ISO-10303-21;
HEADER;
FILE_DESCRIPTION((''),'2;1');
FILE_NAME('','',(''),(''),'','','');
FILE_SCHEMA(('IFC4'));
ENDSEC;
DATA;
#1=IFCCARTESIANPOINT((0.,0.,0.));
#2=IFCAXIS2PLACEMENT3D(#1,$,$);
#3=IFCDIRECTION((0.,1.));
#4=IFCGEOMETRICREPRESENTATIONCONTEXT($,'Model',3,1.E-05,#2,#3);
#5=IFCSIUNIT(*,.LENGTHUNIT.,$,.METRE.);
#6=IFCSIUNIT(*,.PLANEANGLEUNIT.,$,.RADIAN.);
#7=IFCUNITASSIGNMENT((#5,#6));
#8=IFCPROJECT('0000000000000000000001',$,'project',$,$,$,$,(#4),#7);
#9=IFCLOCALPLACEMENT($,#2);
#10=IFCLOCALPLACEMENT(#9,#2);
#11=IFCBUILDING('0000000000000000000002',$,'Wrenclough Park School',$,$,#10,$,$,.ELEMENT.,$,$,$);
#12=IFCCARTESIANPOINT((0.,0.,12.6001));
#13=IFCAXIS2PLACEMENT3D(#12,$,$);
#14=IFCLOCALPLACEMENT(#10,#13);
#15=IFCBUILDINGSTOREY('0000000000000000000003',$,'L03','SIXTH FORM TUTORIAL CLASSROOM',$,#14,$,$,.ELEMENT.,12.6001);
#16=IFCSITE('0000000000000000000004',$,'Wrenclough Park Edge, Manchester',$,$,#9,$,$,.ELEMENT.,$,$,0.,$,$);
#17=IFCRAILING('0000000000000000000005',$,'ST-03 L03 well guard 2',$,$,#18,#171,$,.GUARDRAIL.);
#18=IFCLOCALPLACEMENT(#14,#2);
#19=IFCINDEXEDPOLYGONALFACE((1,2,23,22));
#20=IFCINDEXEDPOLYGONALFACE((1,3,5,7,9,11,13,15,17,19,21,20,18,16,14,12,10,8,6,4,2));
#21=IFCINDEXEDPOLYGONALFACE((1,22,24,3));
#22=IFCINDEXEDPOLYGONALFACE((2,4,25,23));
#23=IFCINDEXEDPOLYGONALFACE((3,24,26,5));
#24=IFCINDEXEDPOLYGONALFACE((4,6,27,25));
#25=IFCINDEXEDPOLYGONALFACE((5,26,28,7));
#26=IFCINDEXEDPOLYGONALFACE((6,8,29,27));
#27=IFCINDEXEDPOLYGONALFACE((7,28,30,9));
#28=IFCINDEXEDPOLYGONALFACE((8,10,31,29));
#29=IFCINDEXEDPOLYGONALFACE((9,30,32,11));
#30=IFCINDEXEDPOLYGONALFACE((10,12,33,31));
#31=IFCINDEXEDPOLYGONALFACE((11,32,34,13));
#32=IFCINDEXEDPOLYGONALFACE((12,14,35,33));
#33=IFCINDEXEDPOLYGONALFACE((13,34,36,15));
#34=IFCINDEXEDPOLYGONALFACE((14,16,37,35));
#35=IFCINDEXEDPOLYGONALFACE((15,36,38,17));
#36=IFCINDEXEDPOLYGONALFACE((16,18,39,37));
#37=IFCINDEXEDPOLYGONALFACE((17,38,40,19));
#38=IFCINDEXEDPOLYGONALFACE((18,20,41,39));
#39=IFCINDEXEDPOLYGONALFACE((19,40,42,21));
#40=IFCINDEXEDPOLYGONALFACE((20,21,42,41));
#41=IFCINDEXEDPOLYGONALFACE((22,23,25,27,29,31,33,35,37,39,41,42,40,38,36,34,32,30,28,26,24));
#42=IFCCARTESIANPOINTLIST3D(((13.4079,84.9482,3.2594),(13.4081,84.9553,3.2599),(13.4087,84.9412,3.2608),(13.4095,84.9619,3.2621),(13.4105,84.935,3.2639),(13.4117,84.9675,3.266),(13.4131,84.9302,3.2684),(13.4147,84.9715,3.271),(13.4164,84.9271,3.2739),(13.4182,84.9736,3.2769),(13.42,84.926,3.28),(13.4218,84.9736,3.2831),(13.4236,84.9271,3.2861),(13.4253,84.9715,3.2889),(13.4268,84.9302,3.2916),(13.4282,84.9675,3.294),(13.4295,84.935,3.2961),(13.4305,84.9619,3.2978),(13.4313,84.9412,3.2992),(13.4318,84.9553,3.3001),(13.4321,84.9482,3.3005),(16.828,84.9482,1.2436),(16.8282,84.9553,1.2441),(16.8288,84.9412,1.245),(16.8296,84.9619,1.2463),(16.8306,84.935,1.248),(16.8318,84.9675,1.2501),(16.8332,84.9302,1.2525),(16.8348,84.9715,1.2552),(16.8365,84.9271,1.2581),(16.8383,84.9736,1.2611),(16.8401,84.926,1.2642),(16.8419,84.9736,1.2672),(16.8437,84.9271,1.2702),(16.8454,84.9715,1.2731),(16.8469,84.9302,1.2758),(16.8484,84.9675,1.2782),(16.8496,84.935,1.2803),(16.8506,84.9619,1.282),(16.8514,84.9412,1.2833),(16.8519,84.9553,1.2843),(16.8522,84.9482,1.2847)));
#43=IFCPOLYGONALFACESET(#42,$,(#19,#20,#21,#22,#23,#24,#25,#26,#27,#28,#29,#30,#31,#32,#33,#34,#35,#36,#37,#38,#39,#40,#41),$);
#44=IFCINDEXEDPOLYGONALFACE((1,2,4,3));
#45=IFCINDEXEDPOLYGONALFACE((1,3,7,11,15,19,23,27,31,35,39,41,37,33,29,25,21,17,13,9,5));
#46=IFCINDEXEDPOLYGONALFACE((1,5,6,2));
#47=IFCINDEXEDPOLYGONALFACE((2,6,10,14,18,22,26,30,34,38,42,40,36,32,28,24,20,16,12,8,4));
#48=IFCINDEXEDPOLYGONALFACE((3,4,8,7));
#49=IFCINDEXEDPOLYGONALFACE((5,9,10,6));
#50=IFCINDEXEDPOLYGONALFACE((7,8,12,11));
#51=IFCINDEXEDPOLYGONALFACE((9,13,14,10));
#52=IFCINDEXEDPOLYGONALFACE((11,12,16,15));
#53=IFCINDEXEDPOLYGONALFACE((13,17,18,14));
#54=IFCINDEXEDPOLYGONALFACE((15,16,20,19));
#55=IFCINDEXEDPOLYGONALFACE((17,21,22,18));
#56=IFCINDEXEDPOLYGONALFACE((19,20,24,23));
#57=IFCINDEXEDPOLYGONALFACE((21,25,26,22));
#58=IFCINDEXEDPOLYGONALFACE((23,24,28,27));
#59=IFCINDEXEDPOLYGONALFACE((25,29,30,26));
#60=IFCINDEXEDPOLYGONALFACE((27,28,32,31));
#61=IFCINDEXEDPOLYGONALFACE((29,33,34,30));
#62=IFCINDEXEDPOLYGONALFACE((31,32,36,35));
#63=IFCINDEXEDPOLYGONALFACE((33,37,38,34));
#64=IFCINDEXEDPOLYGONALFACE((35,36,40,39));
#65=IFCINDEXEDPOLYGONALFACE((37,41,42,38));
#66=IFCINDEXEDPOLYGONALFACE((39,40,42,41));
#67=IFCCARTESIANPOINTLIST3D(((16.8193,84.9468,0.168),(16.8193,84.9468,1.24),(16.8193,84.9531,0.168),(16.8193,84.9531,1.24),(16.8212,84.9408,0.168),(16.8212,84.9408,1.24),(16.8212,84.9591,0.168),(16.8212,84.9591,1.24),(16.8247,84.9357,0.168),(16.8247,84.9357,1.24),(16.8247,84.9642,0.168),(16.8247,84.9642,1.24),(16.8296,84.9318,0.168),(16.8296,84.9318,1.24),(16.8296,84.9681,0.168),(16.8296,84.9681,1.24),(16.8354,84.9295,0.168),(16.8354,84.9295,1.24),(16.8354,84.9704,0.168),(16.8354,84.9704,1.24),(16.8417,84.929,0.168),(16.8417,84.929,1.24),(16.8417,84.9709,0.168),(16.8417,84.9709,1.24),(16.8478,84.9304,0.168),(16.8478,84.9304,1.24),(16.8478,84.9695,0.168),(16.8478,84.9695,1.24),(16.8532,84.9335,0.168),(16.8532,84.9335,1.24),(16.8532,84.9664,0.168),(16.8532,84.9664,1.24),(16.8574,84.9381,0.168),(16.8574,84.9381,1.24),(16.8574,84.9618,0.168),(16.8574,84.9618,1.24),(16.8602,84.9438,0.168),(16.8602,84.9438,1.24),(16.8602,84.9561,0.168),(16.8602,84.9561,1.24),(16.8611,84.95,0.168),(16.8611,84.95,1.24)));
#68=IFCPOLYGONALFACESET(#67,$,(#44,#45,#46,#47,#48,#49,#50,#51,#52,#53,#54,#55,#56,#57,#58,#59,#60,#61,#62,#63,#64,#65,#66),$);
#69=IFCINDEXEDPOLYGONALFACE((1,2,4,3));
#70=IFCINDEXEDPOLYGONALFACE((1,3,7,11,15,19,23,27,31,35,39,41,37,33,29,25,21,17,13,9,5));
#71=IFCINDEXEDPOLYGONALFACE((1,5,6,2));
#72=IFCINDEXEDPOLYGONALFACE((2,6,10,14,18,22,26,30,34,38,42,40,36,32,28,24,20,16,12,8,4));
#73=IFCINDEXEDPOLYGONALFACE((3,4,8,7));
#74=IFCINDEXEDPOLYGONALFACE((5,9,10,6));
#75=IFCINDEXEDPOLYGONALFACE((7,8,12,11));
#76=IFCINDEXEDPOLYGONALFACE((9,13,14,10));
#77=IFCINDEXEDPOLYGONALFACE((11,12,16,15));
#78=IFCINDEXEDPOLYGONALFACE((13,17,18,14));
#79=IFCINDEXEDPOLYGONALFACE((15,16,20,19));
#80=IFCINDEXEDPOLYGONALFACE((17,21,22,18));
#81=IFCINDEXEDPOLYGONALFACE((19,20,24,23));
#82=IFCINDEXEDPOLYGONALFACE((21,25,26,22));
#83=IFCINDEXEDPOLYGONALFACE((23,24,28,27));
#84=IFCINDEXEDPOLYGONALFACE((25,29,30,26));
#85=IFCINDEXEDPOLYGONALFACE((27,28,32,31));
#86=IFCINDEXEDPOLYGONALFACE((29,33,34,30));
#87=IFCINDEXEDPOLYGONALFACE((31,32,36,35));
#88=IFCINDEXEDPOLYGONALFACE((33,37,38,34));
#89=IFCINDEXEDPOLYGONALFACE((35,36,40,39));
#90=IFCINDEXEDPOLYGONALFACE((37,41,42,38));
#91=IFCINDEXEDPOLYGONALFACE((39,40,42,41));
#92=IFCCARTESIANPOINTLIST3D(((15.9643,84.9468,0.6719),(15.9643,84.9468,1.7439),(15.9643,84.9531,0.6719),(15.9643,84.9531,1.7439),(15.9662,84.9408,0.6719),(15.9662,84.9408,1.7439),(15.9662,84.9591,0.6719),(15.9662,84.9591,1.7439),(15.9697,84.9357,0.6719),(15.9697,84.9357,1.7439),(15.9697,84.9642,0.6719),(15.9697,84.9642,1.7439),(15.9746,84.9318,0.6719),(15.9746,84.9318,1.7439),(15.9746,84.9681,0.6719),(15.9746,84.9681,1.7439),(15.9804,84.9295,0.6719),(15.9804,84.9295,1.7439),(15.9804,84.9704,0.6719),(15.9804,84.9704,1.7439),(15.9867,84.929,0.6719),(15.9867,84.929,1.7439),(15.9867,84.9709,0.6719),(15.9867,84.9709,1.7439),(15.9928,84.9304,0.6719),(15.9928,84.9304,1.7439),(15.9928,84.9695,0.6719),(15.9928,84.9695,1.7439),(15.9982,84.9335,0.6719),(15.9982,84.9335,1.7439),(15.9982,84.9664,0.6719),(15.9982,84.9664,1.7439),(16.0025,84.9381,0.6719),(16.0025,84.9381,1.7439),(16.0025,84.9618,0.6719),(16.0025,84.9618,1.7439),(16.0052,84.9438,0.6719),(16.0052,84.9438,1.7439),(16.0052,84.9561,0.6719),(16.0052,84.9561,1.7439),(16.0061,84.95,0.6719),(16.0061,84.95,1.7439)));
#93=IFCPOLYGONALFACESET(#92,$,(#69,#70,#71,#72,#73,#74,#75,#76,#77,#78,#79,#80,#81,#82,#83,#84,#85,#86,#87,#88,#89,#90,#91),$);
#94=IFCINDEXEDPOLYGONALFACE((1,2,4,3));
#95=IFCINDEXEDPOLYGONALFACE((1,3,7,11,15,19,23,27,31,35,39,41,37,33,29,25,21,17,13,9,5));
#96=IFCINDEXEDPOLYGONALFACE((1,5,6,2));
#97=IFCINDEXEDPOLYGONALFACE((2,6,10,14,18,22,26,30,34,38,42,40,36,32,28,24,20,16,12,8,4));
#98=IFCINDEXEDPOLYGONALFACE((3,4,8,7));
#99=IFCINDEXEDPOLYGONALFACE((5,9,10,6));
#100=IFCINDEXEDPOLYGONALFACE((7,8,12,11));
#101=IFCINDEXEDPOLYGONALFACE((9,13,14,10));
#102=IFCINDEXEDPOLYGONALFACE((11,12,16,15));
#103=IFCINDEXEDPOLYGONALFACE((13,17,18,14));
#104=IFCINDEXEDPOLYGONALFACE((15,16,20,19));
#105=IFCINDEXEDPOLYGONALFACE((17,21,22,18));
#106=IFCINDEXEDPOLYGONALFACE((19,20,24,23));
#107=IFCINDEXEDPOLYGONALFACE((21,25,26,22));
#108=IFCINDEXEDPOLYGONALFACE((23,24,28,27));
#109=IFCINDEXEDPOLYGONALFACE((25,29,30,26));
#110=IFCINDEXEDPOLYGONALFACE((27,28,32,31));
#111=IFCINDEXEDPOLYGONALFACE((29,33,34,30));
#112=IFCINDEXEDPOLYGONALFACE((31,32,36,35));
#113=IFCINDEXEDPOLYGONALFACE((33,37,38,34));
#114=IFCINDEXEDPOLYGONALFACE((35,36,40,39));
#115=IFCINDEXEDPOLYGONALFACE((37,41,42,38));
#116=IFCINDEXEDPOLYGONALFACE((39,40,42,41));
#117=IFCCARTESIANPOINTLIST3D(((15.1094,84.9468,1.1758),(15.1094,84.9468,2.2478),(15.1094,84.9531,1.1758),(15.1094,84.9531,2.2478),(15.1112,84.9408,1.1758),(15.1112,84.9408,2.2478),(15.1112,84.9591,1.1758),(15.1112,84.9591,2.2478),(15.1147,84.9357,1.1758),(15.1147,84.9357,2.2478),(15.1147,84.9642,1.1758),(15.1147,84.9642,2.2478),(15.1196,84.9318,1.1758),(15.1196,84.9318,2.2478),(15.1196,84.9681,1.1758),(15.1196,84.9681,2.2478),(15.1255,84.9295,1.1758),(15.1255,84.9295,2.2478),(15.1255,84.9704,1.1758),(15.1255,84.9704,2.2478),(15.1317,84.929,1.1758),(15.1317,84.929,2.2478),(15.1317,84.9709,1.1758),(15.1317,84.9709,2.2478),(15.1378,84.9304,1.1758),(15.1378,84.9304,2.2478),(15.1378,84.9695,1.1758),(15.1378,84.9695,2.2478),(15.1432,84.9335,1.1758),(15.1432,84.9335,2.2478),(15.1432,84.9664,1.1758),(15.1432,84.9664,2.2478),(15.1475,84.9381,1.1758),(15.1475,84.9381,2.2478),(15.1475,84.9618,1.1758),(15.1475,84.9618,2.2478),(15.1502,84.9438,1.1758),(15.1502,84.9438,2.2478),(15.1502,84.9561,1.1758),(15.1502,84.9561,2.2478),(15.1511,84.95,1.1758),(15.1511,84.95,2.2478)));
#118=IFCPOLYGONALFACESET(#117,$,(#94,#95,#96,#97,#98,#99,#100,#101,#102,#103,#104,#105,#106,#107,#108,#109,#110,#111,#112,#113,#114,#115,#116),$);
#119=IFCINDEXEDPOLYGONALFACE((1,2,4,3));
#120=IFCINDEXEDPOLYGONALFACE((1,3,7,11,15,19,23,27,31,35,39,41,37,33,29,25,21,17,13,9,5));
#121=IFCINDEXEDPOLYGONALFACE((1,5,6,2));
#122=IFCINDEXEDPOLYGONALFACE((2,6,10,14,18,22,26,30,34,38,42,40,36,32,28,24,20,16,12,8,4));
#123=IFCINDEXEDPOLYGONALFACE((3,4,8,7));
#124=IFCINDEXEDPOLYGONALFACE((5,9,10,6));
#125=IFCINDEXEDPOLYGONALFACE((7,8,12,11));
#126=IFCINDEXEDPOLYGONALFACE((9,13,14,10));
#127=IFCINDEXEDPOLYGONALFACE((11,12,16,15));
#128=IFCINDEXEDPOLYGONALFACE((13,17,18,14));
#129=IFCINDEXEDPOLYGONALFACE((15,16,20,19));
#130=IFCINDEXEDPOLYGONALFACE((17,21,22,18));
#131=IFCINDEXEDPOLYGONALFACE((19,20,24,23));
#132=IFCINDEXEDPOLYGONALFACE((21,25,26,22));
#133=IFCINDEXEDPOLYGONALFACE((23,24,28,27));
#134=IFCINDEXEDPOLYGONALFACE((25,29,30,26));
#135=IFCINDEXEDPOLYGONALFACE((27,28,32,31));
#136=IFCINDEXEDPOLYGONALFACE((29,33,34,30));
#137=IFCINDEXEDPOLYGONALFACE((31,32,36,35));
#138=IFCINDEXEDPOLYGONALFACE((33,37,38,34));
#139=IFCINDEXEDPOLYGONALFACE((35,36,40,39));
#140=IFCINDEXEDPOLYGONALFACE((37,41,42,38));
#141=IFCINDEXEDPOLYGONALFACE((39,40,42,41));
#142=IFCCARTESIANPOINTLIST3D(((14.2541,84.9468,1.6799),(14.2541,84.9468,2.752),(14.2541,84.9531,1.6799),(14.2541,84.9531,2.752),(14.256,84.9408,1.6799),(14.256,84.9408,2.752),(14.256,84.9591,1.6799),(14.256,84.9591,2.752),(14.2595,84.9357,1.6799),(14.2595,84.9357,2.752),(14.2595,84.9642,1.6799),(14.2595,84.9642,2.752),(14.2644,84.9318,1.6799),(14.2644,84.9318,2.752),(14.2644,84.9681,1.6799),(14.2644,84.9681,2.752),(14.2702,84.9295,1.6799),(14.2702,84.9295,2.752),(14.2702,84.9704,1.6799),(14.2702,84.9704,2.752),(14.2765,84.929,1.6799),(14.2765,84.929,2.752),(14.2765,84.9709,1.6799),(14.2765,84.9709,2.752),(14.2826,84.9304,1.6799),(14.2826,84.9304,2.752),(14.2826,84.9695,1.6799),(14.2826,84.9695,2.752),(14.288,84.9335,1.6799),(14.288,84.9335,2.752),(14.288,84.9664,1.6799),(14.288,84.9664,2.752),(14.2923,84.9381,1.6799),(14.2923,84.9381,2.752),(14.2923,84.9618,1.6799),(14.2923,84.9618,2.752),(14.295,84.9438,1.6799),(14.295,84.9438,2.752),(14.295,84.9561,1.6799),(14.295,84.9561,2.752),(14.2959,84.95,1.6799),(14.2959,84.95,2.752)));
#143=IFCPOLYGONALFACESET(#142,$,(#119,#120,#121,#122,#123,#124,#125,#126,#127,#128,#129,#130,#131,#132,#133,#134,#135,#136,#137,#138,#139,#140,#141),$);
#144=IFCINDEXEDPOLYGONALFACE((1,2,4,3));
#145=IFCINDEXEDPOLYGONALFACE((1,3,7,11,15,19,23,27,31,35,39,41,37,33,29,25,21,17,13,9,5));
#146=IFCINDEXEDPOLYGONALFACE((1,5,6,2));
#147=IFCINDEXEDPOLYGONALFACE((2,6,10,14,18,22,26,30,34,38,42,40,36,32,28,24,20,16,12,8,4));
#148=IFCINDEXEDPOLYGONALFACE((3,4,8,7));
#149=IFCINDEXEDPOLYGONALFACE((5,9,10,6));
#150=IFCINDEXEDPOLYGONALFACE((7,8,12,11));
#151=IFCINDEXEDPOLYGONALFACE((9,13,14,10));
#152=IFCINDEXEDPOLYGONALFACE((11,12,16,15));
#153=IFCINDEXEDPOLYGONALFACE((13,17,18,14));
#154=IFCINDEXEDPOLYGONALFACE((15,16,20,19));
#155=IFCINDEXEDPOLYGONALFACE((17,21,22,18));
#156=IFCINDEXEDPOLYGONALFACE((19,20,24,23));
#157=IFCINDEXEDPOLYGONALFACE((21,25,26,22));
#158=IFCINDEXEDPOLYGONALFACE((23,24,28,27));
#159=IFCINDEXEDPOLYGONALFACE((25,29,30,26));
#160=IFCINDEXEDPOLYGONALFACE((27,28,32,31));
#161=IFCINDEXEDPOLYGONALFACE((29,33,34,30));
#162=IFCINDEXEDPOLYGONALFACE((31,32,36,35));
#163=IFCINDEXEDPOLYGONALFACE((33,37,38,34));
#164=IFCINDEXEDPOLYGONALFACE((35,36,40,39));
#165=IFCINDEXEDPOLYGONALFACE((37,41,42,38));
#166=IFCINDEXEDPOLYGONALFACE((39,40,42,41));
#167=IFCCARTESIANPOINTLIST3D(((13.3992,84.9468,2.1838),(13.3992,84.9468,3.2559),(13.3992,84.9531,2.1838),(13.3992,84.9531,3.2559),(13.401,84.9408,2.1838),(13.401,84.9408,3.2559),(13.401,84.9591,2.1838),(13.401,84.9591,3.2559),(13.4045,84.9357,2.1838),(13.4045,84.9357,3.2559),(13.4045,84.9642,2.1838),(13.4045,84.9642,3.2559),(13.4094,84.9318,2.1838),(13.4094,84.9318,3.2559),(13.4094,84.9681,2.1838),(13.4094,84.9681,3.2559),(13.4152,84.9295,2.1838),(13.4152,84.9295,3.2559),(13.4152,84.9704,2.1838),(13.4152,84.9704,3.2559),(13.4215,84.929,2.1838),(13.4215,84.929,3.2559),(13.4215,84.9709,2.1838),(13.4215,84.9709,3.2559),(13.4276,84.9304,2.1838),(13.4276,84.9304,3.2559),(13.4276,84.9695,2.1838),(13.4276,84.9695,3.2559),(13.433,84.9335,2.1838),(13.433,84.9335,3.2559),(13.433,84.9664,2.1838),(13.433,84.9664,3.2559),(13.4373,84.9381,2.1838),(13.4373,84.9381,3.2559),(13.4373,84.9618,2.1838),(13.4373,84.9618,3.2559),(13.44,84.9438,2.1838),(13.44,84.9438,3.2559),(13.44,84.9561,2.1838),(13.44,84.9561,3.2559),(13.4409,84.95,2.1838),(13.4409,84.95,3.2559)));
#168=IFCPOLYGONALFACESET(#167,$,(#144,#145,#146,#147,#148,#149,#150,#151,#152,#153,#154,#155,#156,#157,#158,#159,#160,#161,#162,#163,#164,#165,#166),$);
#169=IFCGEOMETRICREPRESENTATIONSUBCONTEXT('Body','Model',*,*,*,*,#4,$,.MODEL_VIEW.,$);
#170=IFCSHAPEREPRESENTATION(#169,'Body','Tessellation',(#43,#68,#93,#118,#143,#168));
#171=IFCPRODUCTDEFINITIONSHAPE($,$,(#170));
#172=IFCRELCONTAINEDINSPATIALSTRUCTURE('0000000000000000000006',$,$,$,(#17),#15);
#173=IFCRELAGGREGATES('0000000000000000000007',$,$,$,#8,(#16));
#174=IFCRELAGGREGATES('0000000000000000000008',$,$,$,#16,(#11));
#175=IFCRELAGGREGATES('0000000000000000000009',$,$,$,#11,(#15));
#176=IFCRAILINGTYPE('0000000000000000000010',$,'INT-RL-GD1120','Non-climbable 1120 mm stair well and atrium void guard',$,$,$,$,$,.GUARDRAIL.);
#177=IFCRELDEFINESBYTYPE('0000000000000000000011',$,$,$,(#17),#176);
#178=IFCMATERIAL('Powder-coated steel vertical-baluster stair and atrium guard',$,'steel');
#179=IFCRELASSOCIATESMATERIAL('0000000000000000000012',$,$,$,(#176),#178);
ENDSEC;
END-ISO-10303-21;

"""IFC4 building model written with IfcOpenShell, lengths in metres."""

from ifc_helpers import new_model, si_unit, direction, frame, origin, origin_2d, place, context, subcontext, project, spatial, circle, extrude, material, type_object, element, save


model = new_model("IFC4")

# Units and contexts
model_context = context("Model", 3, precision=1e-05, world=origin(), true_north=direction((0.0, 1.0)))
body_context = subcontext(model_context, "Body", "Model", "MODEL_VIEW")
ifc_project = project(units=[si_unit("LENGTHUNIT", "METRE"), si_unit("PLANEANGLEUNIT", "RADIAN")], contexts=[model_context])

# Site, building, storey
site_placement = place(None, origin())
site = spatial("IfcSite", under=ifc_project, at=site_placement, Name="Wrenclough Park Edge, Manchester", CompositionType="ELEMENT", RefElevation=0.0)
building_placement = place(site_placement, origin())
building = spatial("IfcBuilding", under=site, at=building_placement, Name="Wrenclough Park School", CompositionType="ELEMENT")
storey_placement = place(building_placement, frame((0.0, 0.0, 12.6001)))
storey = spatial("IfcBuildingStorey", under=building, at=storey_placement, Name="L03", Description="SIXTH FORM TUTORIAL CLASSROOM", CompositionType="ELEMENT", Elevation=12.6001)

# Railing
ifc_material_1 = material(Name="Powder-coated steel vertical-baluster stair and atrium guard", Category="steel")
railing_type_1 = type_object("IfcRailingType", Name="INT-RL-GD1120", Description="Non-climbable 1120 mm stair well and atrium void guard", PredefinedType="GUARDRAIL", material=ifc_material_1)
railing_1_placement = place(storey_placement, frame((16.8401, 84.95, 0.168)))
element("IfcRailing", 1, at=railing_1_placement, inside=storey, type_object=railing_type_1, Name="ST-03 L03 well guard 2", PredefinedType="GUARDRAIL", context=body_context, shape_type="SweptSolid", body=[
    extrude(circle(Radius=0.0239, at=origin_2d()), frame((0.0, 0.0, 1.0962), z_axis=(-0.861493, 0.0, 0.50777), x_axis=(0.0, -1.0, 0.0)), (0.0, 0.0, 1.0), 3.97),
    extrude(circle(Radius=0.021, at=origin_2d()), origin(), (0.0, 0.0, 1.0), 1.072),
    extrude(circle(Radius=0.021, at=origin_2d()), frame((-0.855, 0.0, 0.5039)), (0.0, 0.0, 1.0), 1.072),
    extrude(circle(Radius=0.021, at=origin_2d()), frame((-1.71, 0.0, 1.0078)), (0.0, 0.0, 1.0), 1.072),
    extrude(circle(Radius=0.021, at=origin_2d()), frame((-2.5652, 0.0, 1.512)), (0.0, 0.0, 1.0), 1.072),
    extrude(circle(Radius=0.021, at=origin_2d()), frame((-3.4202, 0.0, 2.0159)), (0.0, 0.0, 1.0), 1.072),
])

save(model, "model.ifc")
